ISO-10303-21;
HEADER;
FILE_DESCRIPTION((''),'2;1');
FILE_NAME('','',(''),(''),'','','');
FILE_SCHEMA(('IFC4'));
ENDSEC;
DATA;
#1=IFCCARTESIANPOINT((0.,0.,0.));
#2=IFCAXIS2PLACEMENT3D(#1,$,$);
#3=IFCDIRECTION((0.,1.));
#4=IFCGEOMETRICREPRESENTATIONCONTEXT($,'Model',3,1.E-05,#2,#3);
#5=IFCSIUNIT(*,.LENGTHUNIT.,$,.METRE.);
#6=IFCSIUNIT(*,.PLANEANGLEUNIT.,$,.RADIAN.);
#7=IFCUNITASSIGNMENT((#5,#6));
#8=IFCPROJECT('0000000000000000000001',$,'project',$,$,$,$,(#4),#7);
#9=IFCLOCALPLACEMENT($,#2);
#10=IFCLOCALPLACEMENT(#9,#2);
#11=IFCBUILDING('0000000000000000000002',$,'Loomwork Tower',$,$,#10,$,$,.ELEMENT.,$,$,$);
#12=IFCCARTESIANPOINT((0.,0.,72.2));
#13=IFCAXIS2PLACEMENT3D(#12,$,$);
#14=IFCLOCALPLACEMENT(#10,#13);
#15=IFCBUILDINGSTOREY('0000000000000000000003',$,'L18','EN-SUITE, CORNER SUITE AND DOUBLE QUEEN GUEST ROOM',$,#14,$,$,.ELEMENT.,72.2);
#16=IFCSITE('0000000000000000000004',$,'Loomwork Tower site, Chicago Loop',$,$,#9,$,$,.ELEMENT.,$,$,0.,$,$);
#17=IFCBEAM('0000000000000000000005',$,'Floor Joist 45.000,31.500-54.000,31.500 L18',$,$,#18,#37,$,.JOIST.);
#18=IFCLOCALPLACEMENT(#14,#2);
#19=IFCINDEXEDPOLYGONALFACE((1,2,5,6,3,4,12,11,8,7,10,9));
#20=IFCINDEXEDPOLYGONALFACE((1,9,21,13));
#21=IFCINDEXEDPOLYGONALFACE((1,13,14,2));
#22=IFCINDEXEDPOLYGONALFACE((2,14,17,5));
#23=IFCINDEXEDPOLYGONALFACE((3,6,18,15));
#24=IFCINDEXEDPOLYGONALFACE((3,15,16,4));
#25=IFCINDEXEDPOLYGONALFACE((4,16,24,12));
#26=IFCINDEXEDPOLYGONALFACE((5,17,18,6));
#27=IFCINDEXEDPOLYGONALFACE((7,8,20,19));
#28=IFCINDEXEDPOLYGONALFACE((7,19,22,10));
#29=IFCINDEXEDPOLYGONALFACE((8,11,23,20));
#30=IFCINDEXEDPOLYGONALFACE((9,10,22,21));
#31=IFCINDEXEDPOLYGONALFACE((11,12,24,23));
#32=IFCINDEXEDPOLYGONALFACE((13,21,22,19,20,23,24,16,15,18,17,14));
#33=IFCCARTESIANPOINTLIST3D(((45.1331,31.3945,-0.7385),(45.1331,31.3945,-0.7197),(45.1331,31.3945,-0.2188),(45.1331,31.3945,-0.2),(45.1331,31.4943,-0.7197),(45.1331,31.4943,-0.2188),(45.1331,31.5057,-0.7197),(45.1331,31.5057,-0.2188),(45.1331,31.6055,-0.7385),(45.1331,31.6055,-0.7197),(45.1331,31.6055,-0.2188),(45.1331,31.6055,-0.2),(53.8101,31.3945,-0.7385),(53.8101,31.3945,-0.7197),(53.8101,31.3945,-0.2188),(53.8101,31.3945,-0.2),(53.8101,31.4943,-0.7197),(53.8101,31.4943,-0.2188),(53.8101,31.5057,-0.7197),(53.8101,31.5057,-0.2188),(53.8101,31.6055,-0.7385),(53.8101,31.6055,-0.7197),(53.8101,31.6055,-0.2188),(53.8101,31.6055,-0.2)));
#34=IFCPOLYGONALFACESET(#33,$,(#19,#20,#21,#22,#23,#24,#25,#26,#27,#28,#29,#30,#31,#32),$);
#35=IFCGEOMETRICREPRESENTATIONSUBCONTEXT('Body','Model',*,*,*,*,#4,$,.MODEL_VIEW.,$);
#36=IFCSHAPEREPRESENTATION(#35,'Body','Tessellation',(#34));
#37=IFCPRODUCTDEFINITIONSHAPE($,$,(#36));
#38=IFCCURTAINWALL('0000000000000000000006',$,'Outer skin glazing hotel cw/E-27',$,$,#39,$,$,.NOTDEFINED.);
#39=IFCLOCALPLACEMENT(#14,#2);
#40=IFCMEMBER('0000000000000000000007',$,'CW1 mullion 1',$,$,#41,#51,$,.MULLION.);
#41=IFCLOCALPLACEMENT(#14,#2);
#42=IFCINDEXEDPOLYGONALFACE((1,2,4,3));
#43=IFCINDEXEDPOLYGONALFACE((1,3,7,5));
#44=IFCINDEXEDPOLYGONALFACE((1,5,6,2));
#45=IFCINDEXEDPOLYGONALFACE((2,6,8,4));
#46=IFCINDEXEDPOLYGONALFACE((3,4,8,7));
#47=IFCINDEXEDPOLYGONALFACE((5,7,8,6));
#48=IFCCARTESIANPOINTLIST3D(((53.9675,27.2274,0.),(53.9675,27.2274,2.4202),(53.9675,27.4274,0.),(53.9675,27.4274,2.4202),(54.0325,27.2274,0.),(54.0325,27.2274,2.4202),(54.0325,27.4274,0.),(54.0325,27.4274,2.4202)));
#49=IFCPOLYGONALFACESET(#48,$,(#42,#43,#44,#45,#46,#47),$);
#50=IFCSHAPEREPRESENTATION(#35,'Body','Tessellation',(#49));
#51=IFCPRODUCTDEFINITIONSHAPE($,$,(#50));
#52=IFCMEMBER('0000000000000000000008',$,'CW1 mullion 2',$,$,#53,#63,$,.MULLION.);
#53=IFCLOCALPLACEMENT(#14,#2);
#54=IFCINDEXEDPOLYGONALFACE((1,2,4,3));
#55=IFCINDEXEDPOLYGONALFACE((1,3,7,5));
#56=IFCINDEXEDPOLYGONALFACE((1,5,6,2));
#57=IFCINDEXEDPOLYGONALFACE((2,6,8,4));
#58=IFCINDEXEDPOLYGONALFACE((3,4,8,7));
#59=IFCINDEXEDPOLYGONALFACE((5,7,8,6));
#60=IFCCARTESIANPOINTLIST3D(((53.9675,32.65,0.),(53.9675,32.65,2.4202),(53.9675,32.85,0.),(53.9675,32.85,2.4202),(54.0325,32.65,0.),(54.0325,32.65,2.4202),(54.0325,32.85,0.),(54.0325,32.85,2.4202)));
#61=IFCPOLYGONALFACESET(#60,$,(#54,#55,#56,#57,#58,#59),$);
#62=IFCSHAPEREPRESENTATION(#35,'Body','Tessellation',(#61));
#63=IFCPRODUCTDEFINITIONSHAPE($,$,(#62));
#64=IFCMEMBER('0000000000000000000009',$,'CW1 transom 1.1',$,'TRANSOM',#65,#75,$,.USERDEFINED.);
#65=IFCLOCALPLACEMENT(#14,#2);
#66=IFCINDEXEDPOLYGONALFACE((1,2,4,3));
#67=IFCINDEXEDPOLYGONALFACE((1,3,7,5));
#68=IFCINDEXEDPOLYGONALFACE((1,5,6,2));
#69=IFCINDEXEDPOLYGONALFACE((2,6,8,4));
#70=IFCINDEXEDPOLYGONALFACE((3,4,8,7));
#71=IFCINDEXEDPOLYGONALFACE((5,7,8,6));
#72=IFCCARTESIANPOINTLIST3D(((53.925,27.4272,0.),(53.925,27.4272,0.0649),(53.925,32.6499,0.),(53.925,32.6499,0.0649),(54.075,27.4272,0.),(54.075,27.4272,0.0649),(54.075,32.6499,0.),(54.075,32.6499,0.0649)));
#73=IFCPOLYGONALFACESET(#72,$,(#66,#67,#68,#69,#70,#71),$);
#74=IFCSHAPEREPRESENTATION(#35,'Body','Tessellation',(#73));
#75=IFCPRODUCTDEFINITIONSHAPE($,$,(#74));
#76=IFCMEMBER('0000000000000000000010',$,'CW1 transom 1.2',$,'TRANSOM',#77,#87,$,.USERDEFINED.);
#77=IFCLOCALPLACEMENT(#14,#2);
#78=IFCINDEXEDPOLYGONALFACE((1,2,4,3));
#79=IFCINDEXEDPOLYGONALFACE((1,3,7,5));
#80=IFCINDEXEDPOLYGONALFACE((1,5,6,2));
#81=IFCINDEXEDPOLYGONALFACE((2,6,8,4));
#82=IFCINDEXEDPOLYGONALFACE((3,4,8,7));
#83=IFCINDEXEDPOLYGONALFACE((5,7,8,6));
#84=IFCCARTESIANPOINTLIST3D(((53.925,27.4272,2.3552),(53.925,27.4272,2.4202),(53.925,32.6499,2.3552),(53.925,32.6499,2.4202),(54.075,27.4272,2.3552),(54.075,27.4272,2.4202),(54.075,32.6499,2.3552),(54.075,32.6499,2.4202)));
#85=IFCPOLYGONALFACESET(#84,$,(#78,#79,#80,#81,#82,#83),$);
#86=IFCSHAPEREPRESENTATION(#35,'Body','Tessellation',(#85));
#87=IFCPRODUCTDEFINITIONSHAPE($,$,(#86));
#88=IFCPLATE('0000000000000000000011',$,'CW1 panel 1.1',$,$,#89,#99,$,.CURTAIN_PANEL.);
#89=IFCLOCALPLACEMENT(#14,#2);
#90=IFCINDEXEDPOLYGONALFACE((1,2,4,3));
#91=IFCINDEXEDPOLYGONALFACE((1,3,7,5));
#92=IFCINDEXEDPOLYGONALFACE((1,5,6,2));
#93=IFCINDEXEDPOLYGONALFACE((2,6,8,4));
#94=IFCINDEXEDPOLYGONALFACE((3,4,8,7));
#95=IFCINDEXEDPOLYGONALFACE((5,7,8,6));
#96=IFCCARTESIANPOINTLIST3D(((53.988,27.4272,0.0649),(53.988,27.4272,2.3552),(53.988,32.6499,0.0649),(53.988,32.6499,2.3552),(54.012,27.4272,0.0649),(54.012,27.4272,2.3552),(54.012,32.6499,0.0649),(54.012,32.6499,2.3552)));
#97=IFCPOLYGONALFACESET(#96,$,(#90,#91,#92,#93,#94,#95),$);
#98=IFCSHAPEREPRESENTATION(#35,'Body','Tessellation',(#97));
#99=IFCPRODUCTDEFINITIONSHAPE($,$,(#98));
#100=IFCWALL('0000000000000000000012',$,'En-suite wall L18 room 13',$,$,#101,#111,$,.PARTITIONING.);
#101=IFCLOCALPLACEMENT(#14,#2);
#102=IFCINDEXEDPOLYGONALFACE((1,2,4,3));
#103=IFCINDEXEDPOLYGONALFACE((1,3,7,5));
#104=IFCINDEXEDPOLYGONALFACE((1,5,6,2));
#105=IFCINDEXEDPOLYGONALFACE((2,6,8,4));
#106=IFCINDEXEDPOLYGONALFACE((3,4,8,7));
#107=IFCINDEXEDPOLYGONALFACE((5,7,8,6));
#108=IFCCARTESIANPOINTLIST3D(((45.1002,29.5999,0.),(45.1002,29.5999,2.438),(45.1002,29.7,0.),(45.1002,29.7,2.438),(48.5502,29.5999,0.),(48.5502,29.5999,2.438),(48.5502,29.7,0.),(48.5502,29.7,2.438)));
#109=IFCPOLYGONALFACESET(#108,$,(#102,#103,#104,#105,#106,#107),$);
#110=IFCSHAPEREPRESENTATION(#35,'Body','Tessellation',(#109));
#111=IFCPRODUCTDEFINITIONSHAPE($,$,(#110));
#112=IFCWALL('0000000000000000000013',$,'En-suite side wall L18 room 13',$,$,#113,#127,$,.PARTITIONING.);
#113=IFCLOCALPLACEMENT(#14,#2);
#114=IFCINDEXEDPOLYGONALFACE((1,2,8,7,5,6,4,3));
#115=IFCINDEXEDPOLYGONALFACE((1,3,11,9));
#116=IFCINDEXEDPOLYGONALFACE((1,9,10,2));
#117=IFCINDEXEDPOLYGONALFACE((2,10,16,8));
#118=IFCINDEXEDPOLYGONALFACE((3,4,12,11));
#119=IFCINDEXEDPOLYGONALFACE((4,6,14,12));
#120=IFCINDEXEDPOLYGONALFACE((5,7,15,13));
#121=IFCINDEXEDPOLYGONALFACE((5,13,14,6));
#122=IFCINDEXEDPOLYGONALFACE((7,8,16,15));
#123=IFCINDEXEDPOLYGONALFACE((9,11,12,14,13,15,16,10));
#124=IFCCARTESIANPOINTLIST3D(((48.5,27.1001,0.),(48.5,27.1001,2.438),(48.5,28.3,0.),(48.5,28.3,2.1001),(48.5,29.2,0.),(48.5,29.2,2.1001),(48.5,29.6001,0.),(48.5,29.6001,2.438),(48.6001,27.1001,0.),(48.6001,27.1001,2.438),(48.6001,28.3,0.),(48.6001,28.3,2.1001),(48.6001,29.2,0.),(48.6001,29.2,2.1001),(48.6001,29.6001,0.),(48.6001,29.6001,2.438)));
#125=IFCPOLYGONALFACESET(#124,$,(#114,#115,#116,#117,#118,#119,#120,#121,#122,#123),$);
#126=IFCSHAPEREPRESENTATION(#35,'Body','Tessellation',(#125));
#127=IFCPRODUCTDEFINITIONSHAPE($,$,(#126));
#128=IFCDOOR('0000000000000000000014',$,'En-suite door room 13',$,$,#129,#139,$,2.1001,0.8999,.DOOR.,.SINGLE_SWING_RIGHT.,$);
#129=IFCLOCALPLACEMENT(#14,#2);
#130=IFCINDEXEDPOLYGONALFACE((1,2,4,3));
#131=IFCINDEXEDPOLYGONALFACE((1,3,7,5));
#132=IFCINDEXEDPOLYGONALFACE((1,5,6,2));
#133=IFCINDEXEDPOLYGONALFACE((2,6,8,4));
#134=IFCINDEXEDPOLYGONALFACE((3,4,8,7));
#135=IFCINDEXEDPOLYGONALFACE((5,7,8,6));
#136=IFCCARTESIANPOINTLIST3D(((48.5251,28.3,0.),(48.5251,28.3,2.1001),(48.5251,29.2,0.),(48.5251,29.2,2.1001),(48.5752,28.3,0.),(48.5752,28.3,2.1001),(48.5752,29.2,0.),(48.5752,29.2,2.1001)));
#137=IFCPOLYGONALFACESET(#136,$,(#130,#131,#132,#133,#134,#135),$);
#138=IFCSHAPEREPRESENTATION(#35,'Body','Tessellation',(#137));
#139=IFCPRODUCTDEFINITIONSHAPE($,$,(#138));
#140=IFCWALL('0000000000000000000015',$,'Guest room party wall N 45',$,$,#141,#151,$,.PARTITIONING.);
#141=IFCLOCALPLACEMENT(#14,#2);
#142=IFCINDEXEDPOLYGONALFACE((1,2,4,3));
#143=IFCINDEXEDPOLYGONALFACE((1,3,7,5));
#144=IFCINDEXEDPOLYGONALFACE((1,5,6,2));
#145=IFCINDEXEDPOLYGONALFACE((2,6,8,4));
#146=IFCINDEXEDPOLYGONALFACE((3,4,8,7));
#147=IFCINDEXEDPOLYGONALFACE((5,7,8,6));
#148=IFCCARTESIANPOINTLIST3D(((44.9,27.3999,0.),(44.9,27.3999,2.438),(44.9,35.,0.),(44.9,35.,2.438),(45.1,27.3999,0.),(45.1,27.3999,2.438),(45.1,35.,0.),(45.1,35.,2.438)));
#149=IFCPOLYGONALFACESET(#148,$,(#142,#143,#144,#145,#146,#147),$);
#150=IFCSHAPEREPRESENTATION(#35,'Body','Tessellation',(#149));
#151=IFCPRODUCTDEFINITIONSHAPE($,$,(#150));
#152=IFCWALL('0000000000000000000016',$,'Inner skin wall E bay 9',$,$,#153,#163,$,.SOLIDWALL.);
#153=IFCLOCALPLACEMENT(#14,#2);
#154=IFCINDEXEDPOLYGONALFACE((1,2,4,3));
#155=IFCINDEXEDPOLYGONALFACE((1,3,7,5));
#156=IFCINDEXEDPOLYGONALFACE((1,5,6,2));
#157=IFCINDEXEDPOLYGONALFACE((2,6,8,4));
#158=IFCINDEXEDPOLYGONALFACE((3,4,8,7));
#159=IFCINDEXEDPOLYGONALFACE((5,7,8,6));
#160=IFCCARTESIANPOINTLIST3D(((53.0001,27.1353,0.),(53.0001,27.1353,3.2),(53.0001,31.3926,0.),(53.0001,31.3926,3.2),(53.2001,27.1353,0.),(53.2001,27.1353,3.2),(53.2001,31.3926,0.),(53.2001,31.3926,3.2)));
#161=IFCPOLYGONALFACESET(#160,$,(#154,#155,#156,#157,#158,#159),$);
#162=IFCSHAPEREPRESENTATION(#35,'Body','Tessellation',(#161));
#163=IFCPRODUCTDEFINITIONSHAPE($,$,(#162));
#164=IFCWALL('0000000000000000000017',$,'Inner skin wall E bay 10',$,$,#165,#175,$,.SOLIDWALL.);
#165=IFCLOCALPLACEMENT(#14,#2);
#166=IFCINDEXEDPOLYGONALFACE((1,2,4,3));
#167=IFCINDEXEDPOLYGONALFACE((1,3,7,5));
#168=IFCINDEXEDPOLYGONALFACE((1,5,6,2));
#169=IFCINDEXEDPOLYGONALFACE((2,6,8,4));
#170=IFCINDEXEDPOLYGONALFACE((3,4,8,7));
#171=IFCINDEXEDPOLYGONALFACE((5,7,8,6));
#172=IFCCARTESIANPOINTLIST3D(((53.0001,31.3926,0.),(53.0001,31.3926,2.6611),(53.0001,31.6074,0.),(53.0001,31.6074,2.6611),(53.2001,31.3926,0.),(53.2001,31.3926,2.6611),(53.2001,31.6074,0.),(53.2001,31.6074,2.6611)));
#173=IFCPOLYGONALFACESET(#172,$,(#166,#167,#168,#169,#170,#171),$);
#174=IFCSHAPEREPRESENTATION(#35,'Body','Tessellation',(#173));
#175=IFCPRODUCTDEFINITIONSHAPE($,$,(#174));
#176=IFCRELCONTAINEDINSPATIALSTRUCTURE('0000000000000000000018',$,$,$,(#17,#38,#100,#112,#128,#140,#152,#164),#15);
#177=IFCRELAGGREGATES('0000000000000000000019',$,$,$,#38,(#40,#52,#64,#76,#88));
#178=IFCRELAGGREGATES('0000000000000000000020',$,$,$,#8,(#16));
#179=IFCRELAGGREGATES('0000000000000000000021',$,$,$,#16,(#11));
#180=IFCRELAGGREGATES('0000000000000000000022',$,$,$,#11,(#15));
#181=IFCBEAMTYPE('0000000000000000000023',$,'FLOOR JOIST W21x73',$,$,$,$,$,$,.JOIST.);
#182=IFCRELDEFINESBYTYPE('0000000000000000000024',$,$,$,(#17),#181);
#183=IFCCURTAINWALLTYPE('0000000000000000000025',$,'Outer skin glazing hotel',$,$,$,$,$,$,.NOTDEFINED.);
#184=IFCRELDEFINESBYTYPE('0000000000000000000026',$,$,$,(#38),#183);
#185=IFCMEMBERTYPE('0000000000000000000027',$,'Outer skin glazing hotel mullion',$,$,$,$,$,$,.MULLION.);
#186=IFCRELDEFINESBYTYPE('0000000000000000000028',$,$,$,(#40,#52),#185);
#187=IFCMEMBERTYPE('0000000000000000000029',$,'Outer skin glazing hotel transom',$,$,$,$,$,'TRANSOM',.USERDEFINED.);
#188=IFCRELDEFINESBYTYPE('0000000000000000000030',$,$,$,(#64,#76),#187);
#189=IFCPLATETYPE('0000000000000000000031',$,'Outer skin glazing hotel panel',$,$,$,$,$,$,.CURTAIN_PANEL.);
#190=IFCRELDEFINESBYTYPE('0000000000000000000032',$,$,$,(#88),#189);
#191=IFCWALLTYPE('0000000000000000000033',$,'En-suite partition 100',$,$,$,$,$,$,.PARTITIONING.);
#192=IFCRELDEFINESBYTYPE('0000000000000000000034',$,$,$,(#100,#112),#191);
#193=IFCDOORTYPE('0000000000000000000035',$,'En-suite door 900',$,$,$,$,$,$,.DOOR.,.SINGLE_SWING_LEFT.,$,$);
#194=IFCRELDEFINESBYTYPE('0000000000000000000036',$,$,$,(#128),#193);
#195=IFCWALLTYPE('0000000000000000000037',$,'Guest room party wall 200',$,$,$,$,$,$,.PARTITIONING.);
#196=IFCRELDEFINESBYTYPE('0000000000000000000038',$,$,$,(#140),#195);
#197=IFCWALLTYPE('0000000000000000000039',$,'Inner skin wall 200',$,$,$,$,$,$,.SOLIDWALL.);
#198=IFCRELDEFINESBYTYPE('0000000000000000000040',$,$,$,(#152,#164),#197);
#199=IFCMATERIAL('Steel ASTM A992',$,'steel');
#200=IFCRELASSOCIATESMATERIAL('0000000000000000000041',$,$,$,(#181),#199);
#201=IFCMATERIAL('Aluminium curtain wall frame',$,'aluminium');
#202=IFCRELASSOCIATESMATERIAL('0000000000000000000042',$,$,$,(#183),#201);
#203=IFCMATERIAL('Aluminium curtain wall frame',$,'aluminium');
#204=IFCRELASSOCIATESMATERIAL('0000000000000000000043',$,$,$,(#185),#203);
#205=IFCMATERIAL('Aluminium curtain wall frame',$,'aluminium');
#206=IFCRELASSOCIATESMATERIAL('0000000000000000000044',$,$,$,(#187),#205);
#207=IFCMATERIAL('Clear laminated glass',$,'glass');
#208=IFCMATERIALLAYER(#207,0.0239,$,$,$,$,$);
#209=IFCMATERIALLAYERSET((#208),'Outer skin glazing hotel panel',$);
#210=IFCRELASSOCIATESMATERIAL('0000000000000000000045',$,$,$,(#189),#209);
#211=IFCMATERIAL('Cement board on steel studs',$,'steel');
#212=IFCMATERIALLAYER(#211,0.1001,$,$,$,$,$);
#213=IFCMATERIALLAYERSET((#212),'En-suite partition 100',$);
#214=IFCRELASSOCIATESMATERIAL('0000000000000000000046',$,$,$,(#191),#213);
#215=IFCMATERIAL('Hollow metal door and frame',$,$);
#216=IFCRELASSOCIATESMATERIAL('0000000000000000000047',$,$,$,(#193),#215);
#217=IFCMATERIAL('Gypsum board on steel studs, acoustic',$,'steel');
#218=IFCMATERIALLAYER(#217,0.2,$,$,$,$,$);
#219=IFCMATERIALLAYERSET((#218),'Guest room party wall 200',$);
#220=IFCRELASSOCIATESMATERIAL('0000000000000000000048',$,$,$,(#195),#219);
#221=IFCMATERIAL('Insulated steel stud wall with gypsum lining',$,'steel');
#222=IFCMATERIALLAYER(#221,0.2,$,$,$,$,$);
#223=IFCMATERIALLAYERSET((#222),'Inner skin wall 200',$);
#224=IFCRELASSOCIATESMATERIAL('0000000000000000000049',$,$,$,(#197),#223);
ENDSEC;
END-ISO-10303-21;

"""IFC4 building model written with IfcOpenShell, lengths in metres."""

from ifc_helpers import new_model, si_unit, direction, frame, frame_2d, origin, origin_2d, place, context, subcontext, project, spatial, rectangle, i_section, extrude, material, layer, layer_set, material_profile, profile_set, type_object, element, fill, aggregate, save


model = new_model("IFC4")

# Units and contexts
model_context = context("Model", 3, precision=1e-05, world=origin(), true_north=direction((0.0, 1.0)))
body_context = subcontext(model_context, "Body", "Model", "MODEL_VIEW")
ifc_project = project(units=[si_unit("LENGTHUNIT", "METRE"), si_unit("PLANEANGLEUNIT", "RADIAN")], contexts=[model_context])

# Site, building, storey
site_placement = place(None, origin())
site = spatial("IfcSite", under=ifc_project, at=site_placement, Name="Loomwork Tower site, Chicago Loop", CompositionType="ELEMENT", RefElevation=0.0)
building_placement = place(site_placement, origin())
building = spatial("IfcBuilding", under=site, at=building_placement, Name="Loomwork Tower", CompositionType="ELEMENT")
storey_placement = place(building_placement, frame((0.0, 0.0, 72.2)))
storey = spatial("IfcBuildingStorey", under=building, at=storey_placement, Name="L18", Description="EN-SUITE, CORNER SUITE AND DOUBLE QUEEN GUEST ROOM", CompositionType="ELEMENT", Elevation=72.2)

# Beam
ifc_material_1 = material(Name="Steel ASTM A992", Category="steel")
ifc_material_profile_1 = material_profile(ifc_material_1, i_section(OverallWidth=0.2109, OverallDepth=0.5386, WebThickness=0.0115, FlangeThickness=0.0188, at=origin_2d()), Name="W21x73")
ifc_profile_set_1 = profile_set([ifc_material_profile_1], Name="Steel ASTM A992")
beam_type = type_object("IfcBeamType", Name="FLOOR JOIST W21x73", PredefinedType="JOIST", material=ifc_profile_set_1)
beam_placement = place(storey_placement, frame((45.1331, 31.5, -0.4692), z_axis=(1.0, 0.0, 0.0), x_axis=(0.0, 1.0, 0.0)))
element("IfcBeam", 1, at=beam_placement, inside=storey, type_object=beam_type, Name="Floor Joist 45.000,31.500-54.000,31.500 L18", PredefinedType="JOIST", context=body_context, shape_type="SweptSolid", body=[
    extrude(i_section(OverallWidth=0.2109, OverallDepth=0.5386, WebThickness=0.0115, FlangeThickness=0.0188, at=origin_2d()), origin(), (0.0, 0.0, 1.0), 8.677),
])

# Curtain wall, members, plate
ifc_material_2 = material(Name="Aluminium curtain wall frame", Category="aluminium")
curtain_wall_type = type_object("IfcCurtainWallType", Name="Outer skin glazing hotel", PredefinedType="NOTDEFINED", material=ifc_material_2)
curtain_wall_placement = place(storey_placement, origin())
curtain_wall = element("IfcCurtainWall", 2, at=curtain_wall_placement, inside=storey, type_object=curtain_wall_type, Name="Outer skin glazing hotel cw/E-27", PredefinedType="NOTDEFINED")
ifc_material_3 = material(Name="Aluminium curtain wall frame", Category="aluminium")
ifc_material_profile_2 = material_profile(ifc_material_3, rectangle(XDim=0.0649, YDim=0.2, at=origin_2d()), Name="AL 65x200")
ifc_profile_set_2 = profile_set([ifc_material_profile_2], Name="Aluminium curtain wall frame")
member_type_1 = type_object("IfcMemberType", Name="Outer skin glazing hotel mullion", PredefinedType="MULLION", material=ifc_profile_set_2)
member_1_placement = place(storey_placement, frame((54.0, 27.3274, 0.0), z_axis=(0.0, 0.0, 1.0), x_axis=(-1.0, 0.0, 0.0)))
member_1 = element("IfcMember", 3, at=member_1_placement, type_object=member_type_1, Name="CW1 mullion 1", PredefinedType="MULLION", context=body_context, shape_type="SweptSolid", body=[
    extrude(rectangle(XDim=0.0649, YDim=0.2, at=origin_2d()), origin(), (0.0, 0.0, 1.0), 2.4202),
])
member_2_placement = place(storey_placement, frame((54.0, 32.75, 0.0), z_axis=(0.0, 0.0, 1.0), x_axis=(-1.0, 0.0, 0.0)))
member_2 = element("IfcMember", 4, at=member_2_placement, type_object=member_type_1, Name="CW1 mullion 2", PredefinedType="MULLION", context=body_context, shape_type="SweptSolid", body=[
    extrude(rectangle(XDim=0.0649, YDim=0.2, at=origin_2d()), origin(), (0.0, 0.0, 1.0), 2.4202),
])
ifc_material_4 = material(Name="Aluminium curtain wall frame", Category="aluminium")
ifc_material_profile_3 = material_profile(ifc_material_4, rectangle(XDim=0.1499, YDim=0.0649, at=origin_2d()), Name="AL 65x150")
ifc_profile_set_3 = profile_set([ifc_material_profile_3], Name="Aluminium curtain wall frame")
member_type_2 = type_object("IfcMemberType", Name="Outer skin glazing hotel transom", ElementType="TRANSOM", PredefinedType="USERDEFINED", material=ifc_profile_set_3)
member_3_placement = place(storey_placement, frame((54.0, 27.4272, 0.0325), z_axis=(0.0, 1.0, 0.0), x_axis=(-1.0, 0.0, 0.0)))
member_3 = element("IfcMember", 5, at=member_3_placement, type_object=member_type_2, Name="CW1 transom 1.1", ObjectType="TRANSOM", PredefinedType="USERDEFINED", context=body_context, shape_type="SweptSolid", body=[
    extrude(rectangle(XDim=0.1499, YDim=0.0649, at=origin_2d()), origin(), (0.0, 0.0, 1.0), 5.2227),
])
member_4_placement = place(storey_placement, frame((54.0, 27.4272, 2.3877), z_axis=(0.0, 1.0, 0.0), x_axis=(-1.0, 0.0, 0.0)))
member_4 = element("IfcMember", 6, at=member_4_placement, type_object=member_type_2, Name="CW1 transom 1.2", ObjectType="TRANSOM", PredefinedType="USERDEFINED", context=body_context, shape_type="SweptSolid", body=[
    extrude(rectangle(XDim=0.1499, YDim=0.0649, at=origin_2d()), origin(), (0.0, 0.0, 1.0), 5.2227),
])
ifc_material_5 = material(Name="Clear laminated glass", Category="glass")
ifc_layer_1 = layer(ifc_material_5, 0.0239)
ifc_layer_set_1 = layer_set([ifc_layer_1], Name="Outer skin glazing hotel panel")
plate_type = type_object("IfcPlateType", Name="Outer skin glazing hotel panel", PredefinedType="CURTAIN_PANEL", material=ifc_layer_set_1)
plate_placement = place(storey_placement, frame((54.0, 30.0386, 0.0649), z_axis=(0.0, 0.0, 1.0), x_axis=(0.0, 1.0, 0.0)))
plate = element("IfcPlate", 7, at=plate_placement, type_object=plate_type, Name="CW1 panel 1.1", PredefinedType="CURTAIN_PANEL", context=body_context, shape_type="SweptSolid", body=[
    extrude(rectangle(XDim=5.2227, YDim=0.0239, at=origin_2d()), origin(), (0.0, 0.0, 1.0), 2.2903),
])
aggregate(curtain_wall, [member_1, member_2, member_3, member_4, plate])

# Wall
ifc_material_6 = material(Name="Cement board on steel studs", Category="steel")
ifc_layer_2 = layer(ifc_material_6, 0.1001)
ifc_layer_set_2 = layer_set([ifc_layer_2], Name="En-suite partition 100")
wall_type_1 = type_object("IfcWallType", Name="En-suite partition 100", PredefinedType="PARTITIONING", material=ifc_layer_set_2)
wall_1_placement = place(storey_placement, frame((45.1001, 29.6499, 0.0), z_axis=(0.0, 0.0, 1.0), x_axis=(1.0, 0.0, 0.0)))
element("IfcWall", 8, at=wall_1_placement, inside=storey, type_object=wall_type_1, Name="En-suite wall L18 room 13", PredefinedType="PARTITIONING", context=body_context, shape_type="SweptSolid", body=[
    extrude(rectangle(XDim=3.45, YDim=0.1001, at=frame_2d((1.7251, 0.0))), origin(), (0.0, 0.0, 1.0), 2.438),
])

# Wall, opening, door
wall_2_placement = place(storey_placement, frame((48.55, 27.1001, 0.0), z_axis=(0.0, 0.0, 1.0), x_axis=(0.0, 1.0, 0.0)))
wall_2 = element("IfcWall", 9, at=wall_2_placement, inside=storey, type_object=wall_type_1, Name="En-suite side wall L18 room 13", PredefinedType="PARTITIONING", context=body_context, shape_type="SweptSolid", body=[
    extrude(rectangle(XDim=2.5, YDim=0.1001, at=frame_2d((1.25, 0.0))), origin(), (0.0, 0.0, 1.0), 2.438),
])
opening_placement = place(wall_2_placement, frame((1.2, 0.0, 0.0)))
opening = element("IfcOpeningElement", 10, at=opening_placement, cuts=wall_2, PredefinedType="OPENING", context=body_context, shape_type="SweptSolid", body=[
    extrude(rectangle(XDim=0.8999, YDim=2.1001, at=frame_2d((0.45, 1.05))), frame((0.0, 0.0601, 0.0), z_axis=(0.0, -1.0, 0.0), x_axis=(1.0, 0.0, 0.0)), (0.0, 0.0, 1.0), 0.1201),
])
ifc_material_7 = material(Name="Hollow metal door and frame")
door_type = type_object("IfcDoorType", Name="En-suite door 900", OperationType="SINGLE_SWING_LEFT", PredefinedType="DOOR", material=ifc_material_7)
door_placement = place(opening_placement, origin())
door = element("IfcDoor", 11, at=door_placement, inside=storey, type_object=door_type, Name="En-suite door room 13", OperationType="SINGLE_SWING_RIGHT", OverallHeight=2.1001, OverallWidth=0.8999, PredefinedType="DOOR", context=body_context, shape_type="SweptSolid", body=[
    extrude(rectangle(XDim=0.8999, YDim=2.1001, at=frame_2d((0.45, 1.05))), frame((0.0, 0.0249, 0.0), z_axis=(0.0, -1.0, 0.0), x_axis=(1.0, 0.0, 0.0)), (0.0, 0.0, 1.0), 0.05),
])
fill(opening, door)

# Walls
ifc_material_8 = material(Name="Gypsum board on steel studs, acoustic", Category="steel")
ifc_layer_3 = layer(ifc_material_8, 0.2)
ifc_layer_set_3 = layer_set([ifc_layer_3], Name="Guest room party wall 200")
wall_type_2 = type_object("IfcWallType", Name="Guest room party wall 200", PredefinedType="PARTITIONING", material=ifc_layer_set_3)
wall_3_placement = place(storey_placement, frame((45.0, 27.3999, 0.0), z_axis=(0.0, 0.0, 1.0), x_axis=(0.0, 1.0, 0.0)))
element("IfcWall", 12, at=wall_3_placement, inside=storey, type_object=wall_type_2, Name="Guest room party wall N 45", PredefinedType="PARTITIONING", context=body_context, shape_type="SweptSolid", body=[
    extrude(rectangle(XDim=7.6001, YDim=0.2, at=frame_2d((3.8, 0.0))), origin(), (0.0, 0.0, 1.0), 2.438),
])
ifc_material_9 = material(Name="Insulated steel stud wall with gypsum lining", Category="steel")
ifc_layer_4 = layer(ifc_material_9, 0.2)
ifc_layer_set_4 = layer_set([ifc_layer_4], Name="Inner skin wall 200")
wall_type_3 = type_object("IfcWallType", Name="Inner skin wall 200", PredefinedType="SOLIDWALL", material=ifc_layer_set_4)
wall_4_placement = place(storey_placement, frame((53.1001, 27.1353, 0.0), z_axis=(0.0, 0.0, 1.0), x_axis=(0.0, 1.0, 0.0)))
element("IfcWall", 13, at=wall_4_placement, inside=storey, type_object=wall_type_3, Name="Inner skin wall E bay 9", PredefinedType="SOLIDWALL", context=body_context, shape_type="SweptSolid", body=[
    extrude(rectangle(XDim=4.2573, YDim=0.2, at=frame_2d((2.1287, 0.0))), origin(), (0.0, 0.0, 1.0), 3.2),
])
wall_5_placement = place(storey_placement, frame((53.1001, 31.3926, 0.0), z_axis=(0.0, 0.0, 1.0), x_axis=(0.0, 1.0, 0.0)))
element("IfcWall", 14, at=wall_5_placement, inside=storey, type_object=wall_type_3, Name="Inner skin wall E bay 10", PredefinedType="SOLIDWALL", context=body_context, shape_type="SweptSolid", body=[
    extrude(rectangle(XDim=0.2148, YDim=0.2, at=frame_2d((0.1074, 0.0))), origin(), (0.0, 0.0, 1.0), 2.6611),
])

save(model, "model.ifc")
